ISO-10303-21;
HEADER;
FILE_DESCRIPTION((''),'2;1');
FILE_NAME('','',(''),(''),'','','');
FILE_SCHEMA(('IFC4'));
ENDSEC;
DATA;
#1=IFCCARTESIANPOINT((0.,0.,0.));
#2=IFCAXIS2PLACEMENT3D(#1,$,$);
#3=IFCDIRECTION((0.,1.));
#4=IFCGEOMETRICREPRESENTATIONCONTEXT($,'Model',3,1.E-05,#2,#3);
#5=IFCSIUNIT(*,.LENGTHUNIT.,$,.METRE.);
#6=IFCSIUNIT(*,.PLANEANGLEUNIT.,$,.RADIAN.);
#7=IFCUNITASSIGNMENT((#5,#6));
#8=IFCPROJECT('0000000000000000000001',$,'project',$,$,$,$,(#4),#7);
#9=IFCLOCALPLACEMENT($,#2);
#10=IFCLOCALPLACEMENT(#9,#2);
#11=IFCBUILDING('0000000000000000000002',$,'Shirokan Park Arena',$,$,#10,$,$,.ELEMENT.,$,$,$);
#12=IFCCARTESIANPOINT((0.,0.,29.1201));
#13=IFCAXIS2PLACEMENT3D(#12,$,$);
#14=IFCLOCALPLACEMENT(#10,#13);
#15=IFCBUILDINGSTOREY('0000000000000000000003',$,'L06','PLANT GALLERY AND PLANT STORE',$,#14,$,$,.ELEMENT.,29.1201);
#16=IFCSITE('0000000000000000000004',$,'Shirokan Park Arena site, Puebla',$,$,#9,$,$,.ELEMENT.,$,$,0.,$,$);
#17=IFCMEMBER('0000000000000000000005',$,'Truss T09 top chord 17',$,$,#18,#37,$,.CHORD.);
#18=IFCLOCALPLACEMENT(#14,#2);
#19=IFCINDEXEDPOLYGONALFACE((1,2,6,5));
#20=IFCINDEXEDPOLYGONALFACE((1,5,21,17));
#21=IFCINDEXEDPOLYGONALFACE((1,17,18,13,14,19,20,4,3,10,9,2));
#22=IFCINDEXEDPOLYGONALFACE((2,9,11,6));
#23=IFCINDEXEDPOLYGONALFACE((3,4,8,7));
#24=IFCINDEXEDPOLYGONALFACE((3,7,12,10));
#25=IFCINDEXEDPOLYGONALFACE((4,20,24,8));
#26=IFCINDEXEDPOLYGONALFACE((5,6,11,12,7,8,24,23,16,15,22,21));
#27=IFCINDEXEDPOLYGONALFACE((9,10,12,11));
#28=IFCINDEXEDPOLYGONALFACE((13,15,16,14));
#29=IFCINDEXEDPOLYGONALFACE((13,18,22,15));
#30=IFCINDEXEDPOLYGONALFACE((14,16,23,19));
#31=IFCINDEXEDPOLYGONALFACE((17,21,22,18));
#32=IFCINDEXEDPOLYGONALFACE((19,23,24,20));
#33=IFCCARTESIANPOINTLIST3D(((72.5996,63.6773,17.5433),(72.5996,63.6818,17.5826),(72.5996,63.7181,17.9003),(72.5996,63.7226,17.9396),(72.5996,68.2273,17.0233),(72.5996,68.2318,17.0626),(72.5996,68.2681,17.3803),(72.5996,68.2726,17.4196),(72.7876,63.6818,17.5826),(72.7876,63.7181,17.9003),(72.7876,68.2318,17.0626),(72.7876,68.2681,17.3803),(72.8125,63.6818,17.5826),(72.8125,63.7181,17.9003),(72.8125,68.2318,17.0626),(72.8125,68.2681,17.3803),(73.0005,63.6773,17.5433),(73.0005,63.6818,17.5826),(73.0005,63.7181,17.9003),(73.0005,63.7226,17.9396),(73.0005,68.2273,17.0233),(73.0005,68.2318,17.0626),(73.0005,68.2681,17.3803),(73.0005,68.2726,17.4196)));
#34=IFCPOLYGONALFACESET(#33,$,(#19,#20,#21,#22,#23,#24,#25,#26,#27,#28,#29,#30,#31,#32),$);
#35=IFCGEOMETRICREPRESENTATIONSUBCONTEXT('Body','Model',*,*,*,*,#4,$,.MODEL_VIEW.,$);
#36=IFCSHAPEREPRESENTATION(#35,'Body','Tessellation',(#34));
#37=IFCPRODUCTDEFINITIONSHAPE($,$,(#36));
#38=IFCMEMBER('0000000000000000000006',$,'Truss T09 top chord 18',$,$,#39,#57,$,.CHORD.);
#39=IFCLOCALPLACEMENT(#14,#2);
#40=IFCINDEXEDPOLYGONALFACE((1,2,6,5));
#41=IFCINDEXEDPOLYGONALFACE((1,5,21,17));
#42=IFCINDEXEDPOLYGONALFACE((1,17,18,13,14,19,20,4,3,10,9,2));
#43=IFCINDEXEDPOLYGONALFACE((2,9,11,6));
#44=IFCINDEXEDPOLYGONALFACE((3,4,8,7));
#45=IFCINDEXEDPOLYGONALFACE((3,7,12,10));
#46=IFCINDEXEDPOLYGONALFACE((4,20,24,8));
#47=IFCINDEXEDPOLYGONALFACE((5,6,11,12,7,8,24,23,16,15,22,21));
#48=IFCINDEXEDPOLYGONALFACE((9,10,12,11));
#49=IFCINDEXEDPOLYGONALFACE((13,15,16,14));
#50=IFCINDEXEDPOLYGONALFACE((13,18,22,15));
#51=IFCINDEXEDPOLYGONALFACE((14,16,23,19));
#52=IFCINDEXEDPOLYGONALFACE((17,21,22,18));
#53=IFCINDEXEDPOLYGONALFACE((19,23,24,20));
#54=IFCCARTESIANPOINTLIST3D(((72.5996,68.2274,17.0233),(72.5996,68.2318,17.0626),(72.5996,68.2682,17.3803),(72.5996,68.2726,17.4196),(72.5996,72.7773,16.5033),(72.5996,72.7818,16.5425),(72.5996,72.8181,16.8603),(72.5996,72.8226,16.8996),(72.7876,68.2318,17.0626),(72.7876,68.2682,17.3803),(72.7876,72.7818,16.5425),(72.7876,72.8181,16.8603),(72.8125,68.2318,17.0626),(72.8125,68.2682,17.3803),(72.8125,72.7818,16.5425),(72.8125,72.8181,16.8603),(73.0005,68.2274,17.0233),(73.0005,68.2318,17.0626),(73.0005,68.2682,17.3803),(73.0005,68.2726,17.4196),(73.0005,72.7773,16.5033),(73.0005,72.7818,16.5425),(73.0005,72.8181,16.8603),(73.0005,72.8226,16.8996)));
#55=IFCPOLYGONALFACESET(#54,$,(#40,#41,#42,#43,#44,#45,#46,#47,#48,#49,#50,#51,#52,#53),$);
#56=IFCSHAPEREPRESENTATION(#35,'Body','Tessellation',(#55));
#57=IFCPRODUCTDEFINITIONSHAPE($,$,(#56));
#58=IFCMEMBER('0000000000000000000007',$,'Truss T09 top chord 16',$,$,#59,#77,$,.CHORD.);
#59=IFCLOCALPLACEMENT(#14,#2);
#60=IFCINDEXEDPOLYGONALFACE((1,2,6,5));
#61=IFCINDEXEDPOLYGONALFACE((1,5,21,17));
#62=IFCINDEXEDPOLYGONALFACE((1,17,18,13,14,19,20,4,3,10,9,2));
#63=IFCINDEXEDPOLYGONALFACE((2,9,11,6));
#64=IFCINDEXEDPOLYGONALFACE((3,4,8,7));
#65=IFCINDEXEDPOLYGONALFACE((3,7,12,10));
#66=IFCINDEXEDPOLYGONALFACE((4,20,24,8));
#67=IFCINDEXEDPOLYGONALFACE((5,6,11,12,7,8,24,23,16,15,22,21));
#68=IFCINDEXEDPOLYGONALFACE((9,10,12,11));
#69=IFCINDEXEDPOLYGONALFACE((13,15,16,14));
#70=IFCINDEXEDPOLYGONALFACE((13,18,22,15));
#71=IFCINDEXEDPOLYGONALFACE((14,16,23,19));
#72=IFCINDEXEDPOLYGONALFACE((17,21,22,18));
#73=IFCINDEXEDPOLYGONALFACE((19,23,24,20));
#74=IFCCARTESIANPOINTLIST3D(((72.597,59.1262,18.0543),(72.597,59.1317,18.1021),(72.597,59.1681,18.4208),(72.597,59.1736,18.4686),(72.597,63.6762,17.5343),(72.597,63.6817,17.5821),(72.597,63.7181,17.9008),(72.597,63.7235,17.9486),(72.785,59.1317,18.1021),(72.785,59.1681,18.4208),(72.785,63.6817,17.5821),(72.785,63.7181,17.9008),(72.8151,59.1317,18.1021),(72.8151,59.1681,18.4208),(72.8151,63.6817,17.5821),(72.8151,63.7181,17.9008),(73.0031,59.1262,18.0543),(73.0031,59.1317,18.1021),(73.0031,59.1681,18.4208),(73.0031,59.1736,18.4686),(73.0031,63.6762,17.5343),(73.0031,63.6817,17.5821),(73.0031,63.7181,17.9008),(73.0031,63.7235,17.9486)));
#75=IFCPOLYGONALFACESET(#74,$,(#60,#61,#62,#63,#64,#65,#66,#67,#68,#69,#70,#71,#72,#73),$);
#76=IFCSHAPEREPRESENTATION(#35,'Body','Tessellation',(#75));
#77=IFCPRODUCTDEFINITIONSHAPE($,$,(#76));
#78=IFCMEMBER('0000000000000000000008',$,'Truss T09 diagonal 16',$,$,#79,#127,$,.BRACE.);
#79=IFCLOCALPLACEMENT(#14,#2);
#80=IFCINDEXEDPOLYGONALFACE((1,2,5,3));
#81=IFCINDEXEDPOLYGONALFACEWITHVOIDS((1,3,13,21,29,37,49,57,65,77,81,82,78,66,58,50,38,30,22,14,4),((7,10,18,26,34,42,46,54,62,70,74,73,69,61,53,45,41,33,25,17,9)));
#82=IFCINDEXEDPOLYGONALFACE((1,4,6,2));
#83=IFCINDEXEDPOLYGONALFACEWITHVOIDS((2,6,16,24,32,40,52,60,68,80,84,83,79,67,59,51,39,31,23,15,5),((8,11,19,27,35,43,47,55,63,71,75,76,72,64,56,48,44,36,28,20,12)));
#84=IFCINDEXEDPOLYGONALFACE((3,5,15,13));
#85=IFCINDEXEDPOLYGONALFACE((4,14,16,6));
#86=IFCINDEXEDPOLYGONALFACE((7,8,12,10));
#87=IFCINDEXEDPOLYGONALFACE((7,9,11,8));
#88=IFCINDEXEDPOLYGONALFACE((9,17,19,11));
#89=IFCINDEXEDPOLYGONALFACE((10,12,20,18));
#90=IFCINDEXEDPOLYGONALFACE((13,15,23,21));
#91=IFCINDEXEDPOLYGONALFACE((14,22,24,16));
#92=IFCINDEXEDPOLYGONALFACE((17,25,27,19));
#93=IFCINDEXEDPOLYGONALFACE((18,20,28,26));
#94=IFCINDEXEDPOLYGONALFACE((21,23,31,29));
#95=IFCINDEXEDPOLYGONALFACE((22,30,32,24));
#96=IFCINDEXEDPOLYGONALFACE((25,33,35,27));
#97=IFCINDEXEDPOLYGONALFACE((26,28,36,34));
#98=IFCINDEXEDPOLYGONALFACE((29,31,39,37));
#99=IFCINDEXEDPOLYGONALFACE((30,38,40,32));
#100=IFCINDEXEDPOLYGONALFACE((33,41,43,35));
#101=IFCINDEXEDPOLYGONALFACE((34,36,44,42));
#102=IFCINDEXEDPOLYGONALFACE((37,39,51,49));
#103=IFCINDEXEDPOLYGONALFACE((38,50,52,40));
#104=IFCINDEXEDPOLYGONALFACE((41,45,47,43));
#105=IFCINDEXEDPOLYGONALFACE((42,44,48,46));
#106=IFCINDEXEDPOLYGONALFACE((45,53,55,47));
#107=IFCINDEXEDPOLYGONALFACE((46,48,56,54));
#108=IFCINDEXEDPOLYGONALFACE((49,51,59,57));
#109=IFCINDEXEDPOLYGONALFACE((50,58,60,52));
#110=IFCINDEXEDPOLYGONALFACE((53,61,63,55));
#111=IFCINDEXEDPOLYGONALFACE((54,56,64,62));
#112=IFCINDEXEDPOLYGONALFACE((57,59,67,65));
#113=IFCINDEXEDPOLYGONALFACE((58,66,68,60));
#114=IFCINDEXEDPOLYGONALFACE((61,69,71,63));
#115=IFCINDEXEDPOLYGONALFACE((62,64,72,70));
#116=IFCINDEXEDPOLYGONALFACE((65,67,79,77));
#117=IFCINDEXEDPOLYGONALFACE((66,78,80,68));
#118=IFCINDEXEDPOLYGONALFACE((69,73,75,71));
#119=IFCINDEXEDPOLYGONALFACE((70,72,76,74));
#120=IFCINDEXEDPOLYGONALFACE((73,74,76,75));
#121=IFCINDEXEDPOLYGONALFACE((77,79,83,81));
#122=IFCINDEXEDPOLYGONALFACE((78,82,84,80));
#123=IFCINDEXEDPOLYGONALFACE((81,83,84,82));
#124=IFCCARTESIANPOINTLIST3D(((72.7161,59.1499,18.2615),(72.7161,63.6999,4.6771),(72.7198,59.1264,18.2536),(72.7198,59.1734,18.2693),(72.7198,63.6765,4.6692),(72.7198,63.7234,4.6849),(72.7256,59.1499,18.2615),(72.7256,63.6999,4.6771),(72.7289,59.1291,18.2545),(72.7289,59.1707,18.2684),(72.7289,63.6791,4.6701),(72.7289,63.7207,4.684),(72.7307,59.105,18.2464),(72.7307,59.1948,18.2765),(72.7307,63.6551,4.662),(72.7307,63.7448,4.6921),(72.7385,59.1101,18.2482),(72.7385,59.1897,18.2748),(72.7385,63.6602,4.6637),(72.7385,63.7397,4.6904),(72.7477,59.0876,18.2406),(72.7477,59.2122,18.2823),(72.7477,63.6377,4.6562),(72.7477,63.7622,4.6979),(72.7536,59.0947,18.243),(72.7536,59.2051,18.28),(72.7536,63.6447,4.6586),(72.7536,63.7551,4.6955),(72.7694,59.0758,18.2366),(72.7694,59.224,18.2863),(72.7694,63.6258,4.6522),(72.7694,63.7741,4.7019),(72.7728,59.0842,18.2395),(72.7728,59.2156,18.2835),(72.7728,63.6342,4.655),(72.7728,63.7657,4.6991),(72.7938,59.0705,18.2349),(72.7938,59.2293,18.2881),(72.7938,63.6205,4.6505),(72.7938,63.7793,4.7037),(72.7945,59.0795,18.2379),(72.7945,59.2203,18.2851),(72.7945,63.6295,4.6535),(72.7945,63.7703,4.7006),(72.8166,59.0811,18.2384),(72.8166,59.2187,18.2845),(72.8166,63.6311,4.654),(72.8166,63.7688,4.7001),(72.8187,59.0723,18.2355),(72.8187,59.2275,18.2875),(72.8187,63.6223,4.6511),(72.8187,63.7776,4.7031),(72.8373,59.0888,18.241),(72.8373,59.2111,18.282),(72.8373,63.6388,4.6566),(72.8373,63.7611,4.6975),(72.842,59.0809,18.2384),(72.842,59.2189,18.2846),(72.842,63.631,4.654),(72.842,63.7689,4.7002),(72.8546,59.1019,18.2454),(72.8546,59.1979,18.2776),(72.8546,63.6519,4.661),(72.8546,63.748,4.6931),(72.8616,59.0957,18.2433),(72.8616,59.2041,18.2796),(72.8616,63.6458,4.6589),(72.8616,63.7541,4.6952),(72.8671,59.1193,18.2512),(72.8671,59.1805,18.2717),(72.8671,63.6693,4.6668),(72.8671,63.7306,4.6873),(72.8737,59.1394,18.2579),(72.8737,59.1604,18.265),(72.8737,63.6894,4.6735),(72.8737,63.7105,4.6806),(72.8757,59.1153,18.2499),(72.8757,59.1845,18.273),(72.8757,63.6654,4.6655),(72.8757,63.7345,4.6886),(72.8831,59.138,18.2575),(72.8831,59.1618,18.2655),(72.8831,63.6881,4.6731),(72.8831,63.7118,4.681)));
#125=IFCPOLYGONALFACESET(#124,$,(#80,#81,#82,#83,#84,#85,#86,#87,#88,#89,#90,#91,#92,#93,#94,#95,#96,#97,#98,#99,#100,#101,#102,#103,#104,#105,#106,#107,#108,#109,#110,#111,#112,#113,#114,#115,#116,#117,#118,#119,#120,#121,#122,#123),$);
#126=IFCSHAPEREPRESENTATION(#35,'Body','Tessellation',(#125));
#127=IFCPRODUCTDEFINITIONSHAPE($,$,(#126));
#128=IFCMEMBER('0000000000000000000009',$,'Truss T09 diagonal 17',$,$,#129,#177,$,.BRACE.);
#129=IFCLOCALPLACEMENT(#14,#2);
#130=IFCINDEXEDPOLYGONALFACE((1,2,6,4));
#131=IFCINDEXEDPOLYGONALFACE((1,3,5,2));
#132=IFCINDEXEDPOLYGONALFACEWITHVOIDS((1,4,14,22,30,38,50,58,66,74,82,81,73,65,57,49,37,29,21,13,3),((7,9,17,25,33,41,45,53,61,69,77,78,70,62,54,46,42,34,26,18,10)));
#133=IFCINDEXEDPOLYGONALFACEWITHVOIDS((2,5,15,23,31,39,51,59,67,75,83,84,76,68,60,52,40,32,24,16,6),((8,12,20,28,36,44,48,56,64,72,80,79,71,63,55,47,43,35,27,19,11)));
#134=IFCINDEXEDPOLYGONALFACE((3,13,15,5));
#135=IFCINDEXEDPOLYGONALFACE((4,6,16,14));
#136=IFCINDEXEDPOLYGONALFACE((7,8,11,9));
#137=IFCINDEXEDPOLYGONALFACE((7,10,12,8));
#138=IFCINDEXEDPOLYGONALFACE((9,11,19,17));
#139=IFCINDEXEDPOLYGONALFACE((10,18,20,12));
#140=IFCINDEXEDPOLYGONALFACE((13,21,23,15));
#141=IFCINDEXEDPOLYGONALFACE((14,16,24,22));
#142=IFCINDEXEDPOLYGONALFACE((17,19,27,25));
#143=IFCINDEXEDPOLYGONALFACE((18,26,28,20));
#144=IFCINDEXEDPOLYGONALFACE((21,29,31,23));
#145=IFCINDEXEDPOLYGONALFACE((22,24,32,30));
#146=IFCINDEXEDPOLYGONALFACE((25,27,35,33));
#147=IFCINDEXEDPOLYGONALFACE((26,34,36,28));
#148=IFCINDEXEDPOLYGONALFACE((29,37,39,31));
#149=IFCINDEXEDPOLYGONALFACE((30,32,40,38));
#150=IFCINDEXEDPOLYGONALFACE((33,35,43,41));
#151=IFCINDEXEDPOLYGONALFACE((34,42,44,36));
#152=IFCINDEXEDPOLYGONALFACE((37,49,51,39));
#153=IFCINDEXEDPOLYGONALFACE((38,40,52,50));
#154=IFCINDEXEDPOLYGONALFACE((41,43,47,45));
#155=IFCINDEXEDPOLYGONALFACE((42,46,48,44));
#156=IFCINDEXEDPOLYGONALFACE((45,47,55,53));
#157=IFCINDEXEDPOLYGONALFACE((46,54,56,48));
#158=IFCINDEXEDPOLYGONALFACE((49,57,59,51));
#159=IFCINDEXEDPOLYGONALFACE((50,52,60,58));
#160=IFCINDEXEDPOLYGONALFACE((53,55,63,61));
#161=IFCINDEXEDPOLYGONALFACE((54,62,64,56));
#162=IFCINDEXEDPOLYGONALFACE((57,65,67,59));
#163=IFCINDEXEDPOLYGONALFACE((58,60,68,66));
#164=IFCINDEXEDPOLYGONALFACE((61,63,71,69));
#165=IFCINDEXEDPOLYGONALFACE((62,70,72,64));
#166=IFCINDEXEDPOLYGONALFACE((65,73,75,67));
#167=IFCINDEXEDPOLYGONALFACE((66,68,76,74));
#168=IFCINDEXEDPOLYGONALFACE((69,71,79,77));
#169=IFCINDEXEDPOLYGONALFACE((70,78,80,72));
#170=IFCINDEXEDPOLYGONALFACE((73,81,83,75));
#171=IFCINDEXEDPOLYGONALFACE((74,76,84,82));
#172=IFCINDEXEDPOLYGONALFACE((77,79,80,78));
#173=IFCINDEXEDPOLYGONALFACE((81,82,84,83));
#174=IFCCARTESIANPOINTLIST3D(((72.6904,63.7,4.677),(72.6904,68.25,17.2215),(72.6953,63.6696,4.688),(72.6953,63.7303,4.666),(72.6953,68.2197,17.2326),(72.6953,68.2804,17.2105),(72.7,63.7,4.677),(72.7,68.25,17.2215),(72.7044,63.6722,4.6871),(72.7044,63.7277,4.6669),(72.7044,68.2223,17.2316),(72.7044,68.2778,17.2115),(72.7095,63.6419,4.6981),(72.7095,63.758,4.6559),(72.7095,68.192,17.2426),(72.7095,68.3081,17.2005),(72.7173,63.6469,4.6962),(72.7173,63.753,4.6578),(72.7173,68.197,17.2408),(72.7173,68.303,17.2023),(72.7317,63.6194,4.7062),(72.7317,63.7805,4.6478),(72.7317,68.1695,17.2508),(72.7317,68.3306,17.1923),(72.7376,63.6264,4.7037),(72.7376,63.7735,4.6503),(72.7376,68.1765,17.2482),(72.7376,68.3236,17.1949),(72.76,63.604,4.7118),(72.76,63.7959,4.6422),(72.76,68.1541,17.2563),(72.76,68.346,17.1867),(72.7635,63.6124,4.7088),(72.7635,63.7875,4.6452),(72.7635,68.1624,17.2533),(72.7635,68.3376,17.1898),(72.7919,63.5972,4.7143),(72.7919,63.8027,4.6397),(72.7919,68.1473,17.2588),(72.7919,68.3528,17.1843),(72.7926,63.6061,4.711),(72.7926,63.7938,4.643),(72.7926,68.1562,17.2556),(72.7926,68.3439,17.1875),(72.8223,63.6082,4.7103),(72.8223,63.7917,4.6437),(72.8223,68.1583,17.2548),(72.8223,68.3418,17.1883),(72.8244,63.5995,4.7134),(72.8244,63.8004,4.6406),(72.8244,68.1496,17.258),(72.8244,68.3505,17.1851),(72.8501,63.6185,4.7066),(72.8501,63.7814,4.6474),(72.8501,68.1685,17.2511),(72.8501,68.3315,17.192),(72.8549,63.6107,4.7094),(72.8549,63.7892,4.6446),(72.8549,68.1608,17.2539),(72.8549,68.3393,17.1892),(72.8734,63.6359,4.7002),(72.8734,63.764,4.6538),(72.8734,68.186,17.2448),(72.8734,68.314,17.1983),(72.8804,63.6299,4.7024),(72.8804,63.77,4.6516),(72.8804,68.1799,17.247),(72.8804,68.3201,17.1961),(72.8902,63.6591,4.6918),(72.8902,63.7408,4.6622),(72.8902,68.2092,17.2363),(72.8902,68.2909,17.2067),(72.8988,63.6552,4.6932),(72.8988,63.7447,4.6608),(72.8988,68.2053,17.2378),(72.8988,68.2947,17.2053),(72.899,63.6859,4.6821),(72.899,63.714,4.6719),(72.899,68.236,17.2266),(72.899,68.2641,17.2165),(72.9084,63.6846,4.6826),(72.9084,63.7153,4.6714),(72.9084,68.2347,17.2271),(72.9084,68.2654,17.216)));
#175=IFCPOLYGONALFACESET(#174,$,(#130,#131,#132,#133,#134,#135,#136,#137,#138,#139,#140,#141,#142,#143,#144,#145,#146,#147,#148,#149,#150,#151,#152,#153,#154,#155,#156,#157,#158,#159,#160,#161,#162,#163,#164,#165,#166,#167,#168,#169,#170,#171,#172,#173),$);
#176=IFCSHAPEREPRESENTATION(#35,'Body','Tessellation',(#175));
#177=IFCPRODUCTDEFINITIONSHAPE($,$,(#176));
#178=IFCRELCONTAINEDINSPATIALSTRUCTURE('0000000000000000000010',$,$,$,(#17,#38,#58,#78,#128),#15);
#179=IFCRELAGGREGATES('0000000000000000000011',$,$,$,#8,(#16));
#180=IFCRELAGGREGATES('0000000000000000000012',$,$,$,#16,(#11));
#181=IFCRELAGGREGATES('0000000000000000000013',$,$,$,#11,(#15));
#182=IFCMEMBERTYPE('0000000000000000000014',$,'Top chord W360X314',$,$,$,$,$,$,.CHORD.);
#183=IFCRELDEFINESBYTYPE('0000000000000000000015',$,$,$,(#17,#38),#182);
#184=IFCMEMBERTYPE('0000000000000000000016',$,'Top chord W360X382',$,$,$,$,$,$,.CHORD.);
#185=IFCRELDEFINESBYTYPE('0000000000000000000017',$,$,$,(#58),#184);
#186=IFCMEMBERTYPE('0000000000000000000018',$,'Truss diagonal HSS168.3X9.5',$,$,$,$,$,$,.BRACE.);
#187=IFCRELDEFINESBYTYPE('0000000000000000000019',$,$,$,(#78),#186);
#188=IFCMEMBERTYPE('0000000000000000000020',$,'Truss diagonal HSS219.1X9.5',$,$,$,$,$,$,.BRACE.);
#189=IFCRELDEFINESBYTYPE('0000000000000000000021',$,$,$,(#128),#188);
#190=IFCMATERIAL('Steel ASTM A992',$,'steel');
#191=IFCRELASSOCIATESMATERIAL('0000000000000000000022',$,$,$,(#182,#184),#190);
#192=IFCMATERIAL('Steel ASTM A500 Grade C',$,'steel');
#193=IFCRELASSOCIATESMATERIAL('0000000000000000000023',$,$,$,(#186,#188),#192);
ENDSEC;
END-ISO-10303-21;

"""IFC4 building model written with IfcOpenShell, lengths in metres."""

from ifc_helpers import new_model, si_unit, direction, frame, origin, origin_2d, place, context, subcontext, project, spatial, hollow_circle, i_section, extrude, material, material_profile, profile_set, type_object, element, save


model = new_model("IFC4")

# Units and contexts
model_context = context("Model", 3, precision=1e-05, world=origin(), true_north=direction((0.0, 1.0)))
body_context = subcontext(model_context, "Body", "Model", "MODEL_VIEW")
ifc_project = project(units=[si_unit("LENGTHUNIT", "METRE"), si_unit("PLANEANGLEUNIT", "RADIAN")], contexts=[model_context])

# Site, building, storey
site_placement = place(None, origin())
site = spatial("IfcSite", under=ifc_project, at=site_placement, Name="Shirokan Park Arena site, Puebla", CompositionType="ELEMENT", RefElevation=0.0)
building_placement = place(site_placement, origin())
building = spatial("IfcBuilding", under=site, at=building_placement, Name="Shirokan Park Arena", CompositionType="ELEMENT")
storey_placement = place(building_placement, frame((0.0, 0.0, 29.1201)))
storey = spatial("IfcBuildingStorey", under=building, at=storey_placement, Name="L06", Description="PLANT GALLERY AND PLANT STORE", CompositionType="ELEMENT", Elevation=29.1201)

# Members
ifc_material_1 = material(Name="Steel ASTM A992", Category="steel")
ifc_material_profile_1 = material_profile(ifc_material_1, i_section(OverallWidth=0.4009, OverallDepth=0.3989, WebThickness=0.0249, FlangeThickness=0.0396, at=origin_2d()), Name="W360X314")
ifc_profile_set_1 = profile_set([ifc_material_profile_1], Name="Steel ASTM A992")
member_type_1 = type_object("IfcMemberType", Name="Top chord W360X314", PredefinedType="CHORD", material=ifc_profile_set_1)
for number, where, z_axis, x_axis, name in (
    (1, (72.8, 63.7, 17.7415), (0.0, 0.993532, -0.11355), (-1.0, 0.0, 0.0), "Truss T09 top chord 17"),
    (2, (72.8, 68.25, 17.2214), (0.0, 0.993532, -0.11355), (-1.0, 0.0, 0.0), "Truss T09 top chord 18"),
):
    element("IfcMember", number, at=place(storey_placement, frame(where, z_axis=z_axis, x_axis=x_axis)), inside=storey, type_object=member_type_1, Name=name, PredefinedType="CHORD", context=body_context, shape_type="SweptSolid", body=[
        extrude(i_section(OverallWidth=0.4009, OverallDepth=0.3989, WebThickness=0.0249, FlangeThickness=0.0396, at=origin_2d()), origin(), (0.0, 0.0, 1.0), 4.5796),
    ])
ifc_material_profile_2 = material_profile(ifc_material_1, i_section(OverallWidth=0.406, OverallDepth=0.417, WebThickness=0.03, FlangeThickness=0.0481, at=origin_2d()), Name="W360X382")
ifc_profile_set_2 = profile_set([ifc_material_profile_2], Name="Steel ASTM A992")
member_type_2 = type_object("IfcMemberType", Name="Top chord W360X382", PredefinedType="CHORD", material=ifc_profile_set_2)
member_1_placement = place(storey_placement, frame((72.8, 59.1499, 18.2615), z_axis=(0.0, 0.993532, -0.11355), x_axis=(-1.0, 0.0, 0.0)))
element("IfcMember", 3, at=member_1_placement, inside=storey, type_object=member_type_2, Name="Truss T09 top chord 16", PredefinedType="CHORD", context=body_context, shape_type="SweptSolid", body=[
    extrude(i_section(OverallWidth=0.406, OverallDepth=0.417, WebThickness=0.03, FlangeThickness=0.0481, at=origin_2d()), origin(), (0.0, 0.0, 1.0), 4.5796),
])
ifc_material_2 = material(Name="Steel ASTM A500 Grade C", Category="steel")
ifc_material_profile_3 = material_profile(ifc_material_2, hollow_circle(Radius=0.084, WallThickness=0.0095, at=origin_2d()), Name="HSS168.3X9.5")
ifc_profile_set_3 = profile_set([ifc_material_profile_3], Name="Steel ASTM A500 Grade C")
member_type_3 = type_object("IfcMemberType", Name="Truss diagonal HSS168.3X9.5", PredefinedType="BRACE", material=ifc_profile_set_3)
member_2_placement = place(storey_placement, frame((72.8, 59.1499, 18.2615), z_axis=(0.0, 0.317603, -0.948224), x_axis=(-1.0, 0.0, 0.0)))
element("IfcMember", 4, at=member_2_placement, inside=storey, type_object=member_type_3, Name="Truss T09 diagonal 16", PredefinedType="BRACE", context=body_context, shape_type="SweptSolid", body=[
    extrude(hollow_circle(Radius=0.084, WallThickness=0.0095, at=origin_2d()), origin(), (0.0, 0.0, 1.0), 14.3262),
])
ifc_material_profile_4 = material_profile(ifc_material_2, hollow_circle(Radius=0.1096, WallThickness=0.0095, at=origin_2d()), Name="HSS219.1X9.5")
ifc_profile_set_4 = profile_set([ifc_material_profile_4], Name="Steel ASTM A500 Grade C")
member_type_4 = type_object("IfcMemberType", Name="Truss diagonal HSS219.1X9.5", PredefinedType="BRACE", material=ifc_profile_set_4)
member_3_placement = place(storey_placement, frame((72.8, 63.7, 4.677), z_axis=(0.0, 0.340978, 0.940071), x_axis=(-1.0, 0.0, 0.0)))
element("IfcMember", 5, at=member_3_placement, inside=storey, type_object=member_type_4, Name="Truss T09 diagonal 17", PredefinedType="BRACE", context=body_context, shape_type="SweptSolid", body=[
    extrude(hollow_circle(Radius=0.1096, WallThickness=0.0095, at=origin_2d()), origin(), (0.0, 0.0, 1.0), 13.3442),
])

save(model, "model.ifc")
